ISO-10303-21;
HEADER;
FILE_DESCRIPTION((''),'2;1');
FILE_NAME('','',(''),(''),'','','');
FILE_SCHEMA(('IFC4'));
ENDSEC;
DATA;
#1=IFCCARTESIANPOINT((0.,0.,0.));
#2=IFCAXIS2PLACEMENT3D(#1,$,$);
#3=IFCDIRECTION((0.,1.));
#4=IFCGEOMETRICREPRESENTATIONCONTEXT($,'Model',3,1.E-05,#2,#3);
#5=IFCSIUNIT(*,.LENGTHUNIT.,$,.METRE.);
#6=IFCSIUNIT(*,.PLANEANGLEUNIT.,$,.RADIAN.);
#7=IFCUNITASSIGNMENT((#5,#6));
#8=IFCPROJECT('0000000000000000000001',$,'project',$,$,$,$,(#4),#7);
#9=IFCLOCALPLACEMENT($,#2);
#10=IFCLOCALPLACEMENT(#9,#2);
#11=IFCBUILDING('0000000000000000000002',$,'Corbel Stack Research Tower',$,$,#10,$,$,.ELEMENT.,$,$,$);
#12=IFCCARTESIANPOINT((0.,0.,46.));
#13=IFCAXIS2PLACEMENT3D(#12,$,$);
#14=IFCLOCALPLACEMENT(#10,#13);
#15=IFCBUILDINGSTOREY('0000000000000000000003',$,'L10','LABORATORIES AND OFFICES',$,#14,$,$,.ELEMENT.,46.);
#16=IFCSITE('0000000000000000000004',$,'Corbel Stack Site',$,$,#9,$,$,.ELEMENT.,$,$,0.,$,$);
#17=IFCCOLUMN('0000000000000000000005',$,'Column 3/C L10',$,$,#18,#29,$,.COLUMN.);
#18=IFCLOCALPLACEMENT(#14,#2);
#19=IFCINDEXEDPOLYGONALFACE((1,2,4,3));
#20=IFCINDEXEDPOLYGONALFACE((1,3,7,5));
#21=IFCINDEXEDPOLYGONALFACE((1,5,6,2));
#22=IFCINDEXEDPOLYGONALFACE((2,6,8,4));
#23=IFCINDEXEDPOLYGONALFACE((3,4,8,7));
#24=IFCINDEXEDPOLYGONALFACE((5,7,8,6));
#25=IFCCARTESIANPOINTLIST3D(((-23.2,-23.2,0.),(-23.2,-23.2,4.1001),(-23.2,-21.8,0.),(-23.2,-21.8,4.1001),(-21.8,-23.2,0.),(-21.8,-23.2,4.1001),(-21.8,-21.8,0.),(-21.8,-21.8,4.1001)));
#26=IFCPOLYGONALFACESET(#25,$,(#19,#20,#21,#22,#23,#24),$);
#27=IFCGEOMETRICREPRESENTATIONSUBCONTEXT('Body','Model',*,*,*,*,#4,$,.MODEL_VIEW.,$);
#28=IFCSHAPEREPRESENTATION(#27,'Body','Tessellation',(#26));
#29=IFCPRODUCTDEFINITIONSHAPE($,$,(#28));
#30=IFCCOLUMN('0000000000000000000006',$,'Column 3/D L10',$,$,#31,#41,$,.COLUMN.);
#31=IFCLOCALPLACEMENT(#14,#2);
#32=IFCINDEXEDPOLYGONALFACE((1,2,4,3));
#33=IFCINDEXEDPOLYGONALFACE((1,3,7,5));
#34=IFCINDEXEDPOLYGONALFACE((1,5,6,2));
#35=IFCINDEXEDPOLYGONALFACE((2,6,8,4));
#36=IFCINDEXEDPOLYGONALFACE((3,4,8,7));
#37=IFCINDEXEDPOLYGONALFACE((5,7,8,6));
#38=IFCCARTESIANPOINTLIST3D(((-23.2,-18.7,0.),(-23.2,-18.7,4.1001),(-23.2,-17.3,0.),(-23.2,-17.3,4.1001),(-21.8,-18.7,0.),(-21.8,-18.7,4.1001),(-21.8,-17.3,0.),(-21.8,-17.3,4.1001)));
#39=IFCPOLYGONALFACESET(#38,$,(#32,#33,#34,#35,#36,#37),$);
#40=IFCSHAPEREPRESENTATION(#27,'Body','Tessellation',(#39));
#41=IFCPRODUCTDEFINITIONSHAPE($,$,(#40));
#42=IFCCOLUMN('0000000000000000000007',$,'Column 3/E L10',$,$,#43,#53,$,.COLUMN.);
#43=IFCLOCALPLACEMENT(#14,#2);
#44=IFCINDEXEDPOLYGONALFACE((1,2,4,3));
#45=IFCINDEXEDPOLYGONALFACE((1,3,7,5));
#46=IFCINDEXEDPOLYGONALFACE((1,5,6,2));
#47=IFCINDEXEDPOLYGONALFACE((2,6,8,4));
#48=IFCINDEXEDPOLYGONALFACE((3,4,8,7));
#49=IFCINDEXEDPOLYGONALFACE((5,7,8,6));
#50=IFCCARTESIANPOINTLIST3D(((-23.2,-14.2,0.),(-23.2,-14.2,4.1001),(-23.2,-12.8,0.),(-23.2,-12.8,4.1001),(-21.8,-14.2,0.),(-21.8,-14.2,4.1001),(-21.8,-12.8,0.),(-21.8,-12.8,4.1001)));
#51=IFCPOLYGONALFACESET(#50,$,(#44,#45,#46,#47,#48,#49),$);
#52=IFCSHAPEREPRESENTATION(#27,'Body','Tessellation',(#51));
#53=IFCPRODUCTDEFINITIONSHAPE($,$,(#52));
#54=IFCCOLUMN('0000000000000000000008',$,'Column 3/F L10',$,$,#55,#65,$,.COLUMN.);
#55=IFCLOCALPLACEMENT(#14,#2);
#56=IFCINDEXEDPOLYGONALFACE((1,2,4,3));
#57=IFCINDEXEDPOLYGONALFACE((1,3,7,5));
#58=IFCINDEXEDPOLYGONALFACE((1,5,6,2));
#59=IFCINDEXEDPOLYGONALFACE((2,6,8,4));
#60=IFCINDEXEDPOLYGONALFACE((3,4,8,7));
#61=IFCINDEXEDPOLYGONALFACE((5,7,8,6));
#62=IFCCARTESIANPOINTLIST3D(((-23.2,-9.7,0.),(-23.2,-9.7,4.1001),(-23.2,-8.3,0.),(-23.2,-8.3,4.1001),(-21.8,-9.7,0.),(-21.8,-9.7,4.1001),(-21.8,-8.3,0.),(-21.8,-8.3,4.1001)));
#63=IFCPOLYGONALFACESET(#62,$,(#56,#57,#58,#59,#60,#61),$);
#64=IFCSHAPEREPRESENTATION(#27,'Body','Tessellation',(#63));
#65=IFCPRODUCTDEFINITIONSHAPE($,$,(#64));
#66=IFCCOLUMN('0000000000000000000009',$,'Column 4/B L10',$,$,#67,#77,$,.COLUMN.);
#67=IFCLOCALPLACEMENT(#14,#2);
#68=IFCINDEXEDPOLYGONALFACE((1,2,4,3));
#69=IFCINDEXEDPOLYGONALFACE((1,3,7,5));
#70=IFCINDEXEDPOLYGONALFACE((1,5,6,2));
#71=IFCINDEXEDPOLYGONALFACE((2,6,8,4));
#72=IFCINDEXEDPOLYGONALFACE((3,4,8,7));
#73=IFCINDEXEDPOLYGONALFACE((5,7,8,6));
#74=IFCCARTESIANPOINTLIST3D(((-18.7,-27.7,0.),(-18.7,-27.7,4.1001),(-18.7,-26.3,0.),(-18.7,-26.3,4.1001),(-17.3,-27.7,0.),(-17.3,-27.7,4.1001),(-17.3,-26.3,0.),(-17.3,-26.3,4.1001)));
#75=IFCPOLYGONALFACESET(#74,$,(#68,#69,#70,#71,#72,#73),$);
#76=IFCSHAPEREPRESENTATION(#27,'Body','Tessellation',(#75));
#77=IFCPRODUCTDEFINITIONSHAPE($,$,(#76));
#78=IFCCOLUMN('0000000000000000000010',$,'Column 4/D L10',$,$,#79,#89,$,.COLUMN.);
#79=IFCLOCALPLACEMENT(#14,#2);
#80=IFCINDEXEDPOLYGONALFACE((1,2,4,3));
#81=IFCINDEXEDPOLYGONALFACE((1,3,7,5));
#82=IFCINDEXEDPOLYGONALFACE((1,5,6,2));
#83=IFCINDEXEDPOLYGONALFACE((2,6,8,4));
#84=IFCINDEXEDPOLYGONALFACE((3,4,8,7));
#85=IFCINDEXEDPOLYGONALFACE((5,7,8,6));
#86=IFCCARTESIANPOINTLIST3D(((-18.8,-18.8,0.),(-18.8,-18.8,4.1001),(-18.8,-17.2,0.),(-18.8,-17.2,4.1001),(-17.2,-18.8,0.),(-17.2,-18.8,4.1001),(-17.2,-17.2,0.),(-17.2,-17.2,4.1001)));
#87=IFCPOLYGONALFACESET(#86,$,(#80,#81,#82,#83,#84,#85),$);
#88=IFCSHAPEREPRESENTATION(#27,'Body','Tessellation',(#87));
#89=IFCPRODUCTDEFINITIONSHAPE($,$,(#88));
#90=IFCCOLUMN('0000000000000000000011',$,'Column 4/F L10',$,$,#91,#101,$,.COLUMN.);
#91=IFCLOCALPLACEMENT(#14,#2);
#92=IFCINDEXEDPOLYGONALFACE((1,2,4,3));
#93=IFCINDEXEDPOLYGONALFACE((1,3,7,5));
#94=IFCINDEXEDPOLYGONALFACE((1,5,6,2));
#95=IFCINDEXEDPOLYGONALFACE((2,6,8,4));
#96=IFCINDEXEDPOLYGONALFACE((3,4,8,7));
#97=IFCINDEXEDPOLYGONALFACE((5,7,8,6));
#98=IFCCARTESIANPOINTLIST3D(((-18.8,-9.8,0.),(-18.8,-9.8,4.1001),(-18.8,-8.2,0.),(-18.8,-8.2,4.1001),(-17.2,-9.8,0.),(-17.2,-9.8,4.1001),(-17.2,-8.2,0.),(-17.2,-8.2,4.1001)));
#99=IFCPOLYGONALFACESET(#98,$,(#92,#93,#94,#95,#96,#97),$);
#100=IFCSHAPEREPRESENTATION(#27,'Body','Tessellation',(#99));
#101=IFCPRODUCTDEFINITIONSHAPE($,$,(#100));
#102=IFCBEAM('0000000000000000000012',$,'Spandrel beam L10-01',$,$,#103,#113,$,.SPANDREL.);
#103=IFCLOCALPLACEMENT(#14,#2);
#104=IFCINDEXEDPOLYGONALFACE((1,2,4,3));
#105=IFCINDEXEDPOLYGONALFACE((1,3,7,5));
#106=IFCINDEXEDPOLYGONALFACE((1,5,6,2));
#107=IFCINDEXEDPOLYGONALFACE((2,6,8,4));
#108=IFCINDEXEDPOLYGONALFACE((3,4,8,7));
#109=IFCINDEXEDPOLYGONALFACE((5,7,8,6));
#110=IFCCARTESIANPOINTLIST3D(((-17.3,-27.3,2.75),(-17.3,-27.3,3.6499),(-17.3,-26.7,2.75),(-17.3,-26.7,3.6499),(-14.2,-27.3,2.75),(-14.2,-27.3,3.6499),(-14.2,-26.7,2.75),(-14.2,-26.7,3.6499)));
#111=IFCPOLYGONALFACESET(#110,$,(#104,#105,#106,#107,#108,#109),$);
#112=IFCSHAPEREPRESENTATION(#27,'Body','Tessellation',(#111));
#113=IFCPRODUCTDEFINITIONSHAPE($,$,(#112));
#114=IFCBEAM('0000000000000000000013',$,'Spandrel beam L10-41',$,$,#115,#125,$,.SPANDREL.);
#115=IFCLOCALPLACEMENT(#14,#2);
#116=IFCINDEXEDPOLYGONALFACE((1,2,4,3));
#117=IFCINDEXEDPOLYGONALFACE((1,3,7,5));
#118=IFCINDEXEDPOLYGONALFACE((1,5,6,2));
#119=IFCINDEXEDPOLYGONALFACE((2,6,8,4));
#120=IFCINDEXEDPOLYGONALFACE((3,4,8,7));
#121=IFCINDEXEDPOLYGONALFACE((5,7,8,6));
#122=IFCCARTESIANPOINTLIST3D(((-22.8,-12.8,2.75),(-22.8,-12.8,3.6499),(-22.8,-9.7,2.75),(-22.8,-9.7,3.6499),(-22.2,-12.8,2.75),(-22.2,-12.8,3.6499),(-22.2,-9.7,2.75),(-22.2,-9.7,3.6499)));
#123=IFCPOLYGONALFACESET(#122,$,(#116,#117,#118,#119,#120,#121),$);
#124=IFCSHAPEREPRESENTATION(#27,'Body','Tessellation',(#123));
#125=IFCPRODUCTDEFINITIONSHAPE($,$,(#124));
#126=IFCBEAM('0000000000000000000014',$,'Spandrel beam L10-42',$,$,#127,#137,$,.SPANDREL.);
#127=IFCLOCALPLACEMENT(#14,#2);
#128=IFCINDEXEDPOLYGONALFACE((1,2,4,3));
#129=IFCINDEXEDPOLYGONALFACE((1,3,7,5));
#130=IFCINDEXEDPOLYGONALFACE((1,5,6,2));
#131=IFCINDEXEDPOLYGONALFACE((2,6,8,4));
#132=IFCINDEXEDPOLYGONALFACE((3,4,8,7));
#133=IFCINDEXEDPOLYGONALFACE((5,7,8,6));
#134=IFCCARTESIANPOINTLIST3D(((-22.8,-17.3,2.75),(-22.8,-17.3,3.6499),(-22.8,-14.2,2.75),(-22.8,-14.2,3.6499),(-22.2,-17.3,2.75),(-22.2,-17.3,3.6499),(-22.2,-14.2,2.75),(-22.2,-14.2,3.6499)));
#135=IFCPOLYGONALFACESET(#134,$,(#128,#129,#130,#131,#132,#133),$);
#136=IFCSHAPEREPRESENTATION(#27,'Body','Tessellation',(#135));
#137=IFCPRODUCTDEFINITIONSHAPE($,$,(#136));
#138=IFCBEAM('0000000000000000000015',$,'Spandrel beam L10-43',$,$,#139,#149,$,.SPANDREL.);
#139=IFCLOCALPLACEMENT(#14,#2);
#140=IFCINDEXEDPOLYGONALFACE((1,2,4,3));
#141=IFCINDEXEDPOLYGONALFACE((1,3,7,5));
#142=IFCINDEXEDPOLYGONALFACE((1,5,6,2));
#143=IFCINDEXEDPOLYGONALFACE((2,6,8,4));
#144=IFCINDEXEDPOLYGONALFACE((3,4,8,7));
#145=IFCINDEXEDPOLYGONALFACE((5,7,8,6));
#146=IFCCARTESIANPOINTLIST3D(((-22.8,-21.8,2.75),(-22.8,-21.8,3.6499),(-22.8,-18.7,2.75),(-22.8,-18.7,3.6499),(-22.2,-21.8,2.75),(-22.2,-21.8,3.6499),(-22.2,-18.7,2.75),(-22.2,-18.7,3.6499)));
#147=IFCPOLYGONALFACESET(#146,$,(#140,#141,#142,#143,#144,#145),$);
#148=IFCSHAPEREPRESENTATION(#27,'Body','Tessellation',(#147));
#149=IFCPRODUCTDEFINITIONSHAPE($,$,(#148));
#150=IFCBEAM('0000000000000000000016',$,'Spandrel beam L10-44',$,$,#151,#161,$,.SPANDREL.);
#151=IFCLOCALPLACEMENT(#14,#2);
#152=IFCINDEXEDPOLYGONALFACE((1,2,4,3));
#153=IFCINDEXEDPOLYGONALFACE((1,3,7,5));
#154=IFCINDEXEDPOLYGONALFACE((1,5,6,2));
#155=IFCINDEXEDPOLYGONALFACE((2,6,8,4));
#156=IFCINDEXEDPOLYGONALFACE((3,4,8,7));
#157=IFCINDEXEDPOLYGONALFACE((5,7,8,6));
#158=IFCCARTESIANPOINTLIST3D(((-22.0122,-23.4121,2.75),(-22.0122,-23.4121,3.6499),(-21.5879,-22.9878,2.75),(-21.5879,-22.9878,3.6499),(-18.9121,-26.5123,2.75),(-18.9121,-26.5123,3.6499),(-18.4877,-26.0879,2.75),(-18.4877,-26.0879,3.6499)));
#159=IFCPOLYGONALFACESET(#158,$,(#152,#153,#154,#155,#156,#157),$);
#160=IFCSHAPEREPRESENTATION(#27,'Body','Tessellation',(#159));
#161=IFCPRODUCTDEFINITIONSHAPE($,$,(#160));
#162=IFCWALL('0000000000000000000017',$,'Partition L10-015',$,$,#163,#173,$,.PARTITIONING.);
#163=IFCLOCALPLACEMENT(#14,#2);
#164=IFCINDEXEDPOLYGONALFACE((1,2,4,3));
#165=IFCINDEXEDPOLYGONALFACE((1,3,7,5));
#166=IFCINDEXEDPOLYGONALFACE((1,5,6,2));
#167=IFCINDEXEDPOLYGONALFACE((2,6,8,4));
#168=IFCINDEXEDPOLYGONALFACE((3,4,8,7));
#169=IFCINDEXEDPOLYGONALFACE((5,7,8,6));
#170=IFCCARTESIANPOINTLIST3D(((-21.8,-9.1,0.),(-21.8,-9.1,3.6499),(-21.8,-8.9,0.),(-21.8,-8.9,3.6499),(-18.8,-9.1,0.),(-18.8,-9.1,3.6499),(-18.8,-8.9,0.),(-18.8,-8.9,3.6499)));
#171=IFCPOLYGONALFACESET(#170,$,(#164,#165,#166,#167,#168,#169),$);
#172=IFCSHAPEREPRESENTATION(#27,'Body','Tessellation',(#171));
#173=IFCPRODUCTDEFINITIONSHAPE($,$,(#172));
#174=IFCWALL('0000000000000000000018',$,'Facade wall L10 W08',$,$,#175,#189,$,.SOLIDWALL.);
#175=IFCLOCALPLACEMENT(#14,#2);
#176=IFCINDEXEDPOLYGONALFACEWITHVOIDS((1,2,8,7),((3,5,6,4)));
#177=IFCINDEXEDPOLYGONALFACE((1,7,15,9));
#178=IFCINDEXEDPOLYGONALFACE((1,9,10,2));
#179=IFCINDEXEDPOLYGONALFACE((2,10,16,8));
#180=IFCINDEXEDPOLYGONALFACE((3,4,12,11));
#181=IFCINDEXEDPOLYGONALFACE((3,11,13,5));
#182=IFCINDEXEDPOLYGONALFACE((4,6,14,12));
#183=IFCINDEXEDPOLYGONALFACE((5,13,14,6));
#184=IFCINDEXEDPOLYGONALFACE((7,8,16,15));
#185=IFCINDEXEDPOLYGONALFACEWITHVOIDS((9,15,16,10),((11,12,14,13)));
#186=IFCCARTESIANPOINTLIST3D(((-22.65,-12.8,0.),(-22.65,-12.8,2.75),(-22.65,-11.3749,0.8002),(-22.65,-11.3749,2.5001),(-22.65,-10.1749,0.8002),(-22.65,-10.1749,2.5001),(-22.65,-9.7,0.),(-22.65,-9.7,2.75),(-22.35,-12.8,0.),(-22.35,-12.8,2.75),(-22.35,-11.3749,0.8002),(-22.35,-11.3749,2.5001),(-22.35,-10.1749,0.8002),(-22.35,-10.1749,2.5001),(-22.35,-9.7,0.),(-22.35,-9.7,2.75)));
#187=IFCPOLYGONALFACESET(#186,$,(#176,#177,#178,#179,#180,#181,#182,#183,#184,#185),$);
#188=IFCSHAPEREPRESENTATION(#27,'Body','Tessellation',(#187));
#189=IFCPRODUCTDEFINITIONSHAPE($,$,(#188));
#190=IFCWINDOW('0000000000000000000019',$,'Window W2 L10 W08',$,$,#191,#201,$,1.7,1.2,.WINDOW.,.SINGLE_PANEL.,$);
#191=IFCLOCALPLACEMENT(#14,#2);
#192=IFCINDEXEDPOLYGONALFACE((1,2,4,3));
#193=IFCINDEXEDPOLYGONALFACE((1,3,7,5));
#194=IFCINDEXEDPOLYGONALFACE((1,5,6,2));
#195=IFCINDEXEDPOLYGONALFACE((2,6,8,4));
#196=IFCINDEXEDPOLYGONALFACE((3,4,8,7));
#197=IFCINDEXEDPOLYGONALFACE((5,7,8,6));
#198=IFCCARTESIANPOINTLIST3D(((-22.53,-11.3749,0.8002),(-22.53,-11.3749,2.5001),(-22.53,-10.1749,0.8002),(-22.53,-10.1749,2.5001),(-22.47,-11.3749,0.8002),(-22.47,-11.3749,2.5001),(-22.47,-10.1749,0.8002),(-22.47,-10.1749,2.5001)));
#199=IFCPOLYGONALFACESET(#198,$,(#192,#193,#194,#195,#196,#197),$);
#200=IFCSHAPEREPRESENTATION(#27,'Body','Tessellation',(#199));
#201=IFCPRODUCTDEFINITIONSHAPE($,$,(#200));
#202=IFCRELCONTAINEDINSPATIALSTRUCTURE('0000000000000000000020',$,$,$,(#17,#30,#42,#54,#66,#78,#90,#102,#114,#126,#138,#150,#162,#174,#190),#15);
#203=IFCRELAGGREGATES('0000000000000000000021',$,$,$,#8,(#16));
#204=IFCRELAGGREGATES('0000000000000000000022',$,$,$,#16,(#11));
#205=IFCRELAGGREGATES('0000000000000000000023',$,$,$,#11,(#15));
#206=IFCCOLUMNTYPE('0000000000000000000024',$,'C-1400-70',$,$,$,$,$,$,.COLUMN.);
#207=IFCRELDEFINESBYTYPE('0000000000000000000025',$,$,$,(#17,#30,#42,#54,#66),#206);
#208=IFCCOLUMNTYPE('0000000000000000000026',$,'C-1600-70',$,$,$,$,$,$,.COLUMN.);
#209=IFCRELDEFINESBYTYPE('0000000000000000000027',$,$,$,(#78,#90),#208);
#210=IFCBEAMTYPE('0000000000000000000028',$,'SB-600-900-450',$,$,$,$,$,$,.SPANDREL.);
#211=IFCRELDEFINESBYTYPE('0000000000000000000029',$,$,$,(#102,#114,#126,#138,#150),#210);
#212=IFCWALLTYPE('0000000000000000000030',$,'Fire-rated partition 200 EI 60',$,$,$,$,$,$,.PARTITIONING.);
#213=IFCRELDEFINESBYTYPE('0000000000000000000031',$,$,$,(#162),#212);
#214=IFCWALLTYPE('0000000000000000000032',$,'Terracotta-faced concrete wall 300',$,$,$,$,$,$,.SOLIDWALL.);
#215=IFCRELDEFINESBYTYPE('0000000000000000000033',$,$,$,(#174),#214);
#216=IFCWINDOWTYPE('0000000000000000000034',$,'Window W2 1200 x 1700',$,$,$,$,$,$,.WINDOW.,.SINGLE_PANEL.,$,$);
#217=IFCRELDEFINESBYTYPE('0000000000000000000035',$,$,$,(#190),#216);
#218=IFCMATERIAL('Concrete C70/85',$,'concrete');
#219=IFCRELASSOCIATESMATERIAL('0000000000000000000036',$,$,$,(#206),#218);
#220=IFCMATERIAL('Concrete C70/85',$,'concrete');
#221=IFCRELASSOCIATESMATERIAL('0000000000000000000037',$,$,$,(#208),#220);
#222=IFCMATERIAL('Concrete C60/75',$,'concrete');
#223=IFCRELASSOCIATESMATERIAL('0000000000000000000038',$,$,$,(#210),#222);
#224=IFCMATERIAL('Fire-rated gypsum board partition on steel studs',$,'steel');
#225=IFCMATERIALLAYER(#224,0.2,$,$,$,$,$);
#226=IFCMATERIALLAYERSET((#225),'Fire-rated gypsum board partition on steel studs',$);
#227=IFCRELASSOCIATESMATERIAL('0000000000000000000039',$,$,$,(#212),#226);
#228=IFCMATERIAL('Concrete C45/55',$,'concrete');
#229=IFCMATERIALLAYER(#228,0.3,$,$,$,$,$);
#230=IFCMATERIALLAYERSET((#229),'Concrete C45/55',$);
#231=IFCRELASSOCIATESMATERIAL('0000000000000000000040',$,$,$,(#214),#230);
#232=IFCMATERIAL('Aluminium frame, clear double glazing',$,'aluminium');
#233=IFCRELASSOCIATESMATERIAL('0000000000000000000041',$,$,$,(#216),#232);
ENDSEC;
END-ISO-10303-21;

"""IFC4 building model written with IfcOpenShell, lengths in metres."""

from ifc_helpers import new_model, si_unit, direction, frame, frame_2d, origin, origin_2d, place, context, subcontext, project, spatial, rectangle, extrude, material, layer, layer_set, material_profile, profile_set, type_object, element, fill, save


model = new_model("IFC4")

# Units and contexts
model_context = context("Model", 3, precision=1e-05, world=origin(), true_north=direction((0.0, 1.0)))
body_context = subcontext(model_context, "Body", "Model", "MODEL_VIEW")
ifc_project = project(units=[si_unit("LENGTHUNIT", "METRE"), si_unit("PLANEANGLEUNIT", "RADIAN")], contexts=[model_context])

# Site, building, storey
site_placement = place(None, origin())
site = spatial("IfcSite", under=ifc_project, at=site_placement, Name="Corbel Stack Site", CompositionType="ELEMENT", RefElevation=0.0)
building_placement = place(site_placement, origin())
building = spatial("IfcBuilding", under=site, at=building_placement, Name="Corbel Stack Research Tower", CompositionType="ELEMENT")
storey_placement = place(building_placement, frame((0.0, 0.0, 46.0)))
storey = spatial("IfcBuildingStorey", under=building, at=storey_placement, Name="L10", Description="LABORATORIES AND OFFICES", CompositionType="ELEMENT", Elevation=46.0)

# Columns
ifc_material_1 = material(Name="Concrete C70/85", Category="concrete")
ifc_material_profile_1 = material_profile(ifc_material_1, rectangle(XDim=1.3999, YDim=1.3999, at=origin_2d()), Name="RC 1400 x 1400")
ifc_profile_set_1 = profile_set([ifc_material_profile_1], Name="Concrete C70/85")
column_type_1 = type_object("IfcColumnType", Name="C-1400-70", PredefinedType="COLUMN", material=ifc_profile_set_1)
for number, where, z_axis, x_axis, name in (
    (1, (-22.5, -22.5, 0.0), (0.0, 0.0, 1.0), (1.0, 0.0, 0.0), "Column 3/C L10"),
    (2, (-22.5, -18.0, 0.0), (0.0, 0.0, 1.0), (1.0, 0.0, 0.0), "Column 3/D L10"),
    (3, (-22.5, -13.5, 0.0), (0.0, 0.0, 1.0), (1.0, 0.0, 0.0), "Column 3/E L10"),
    (4, (-22.5, -9.0, 0.0), (0.0, 0.0, 1.0), (1.0, 0.0, 0.0), "Column 3/F L10"),
    (5, (-18.0, -27.0, 0.0), (0.0, 0.0, 1.0), (1.0, 0.0, 0.0), "Column 4/B L10"),
):
    element("IfcColumn", number, at=place(storey_placement, frame(where, z_axis=z_axis, x_axis=x_axis)), inside=storey, type_object=column_type_1, Name=name, PredefinedType="COLUMN", context=body_context, shape_type="SweptSolid", body=[
        extrude(rectangle(XDim=1.3999, YDim=1.3999, at=origin_2d()), origin(), (0.0, 0.0, 1.0), 4.1001),
    ])
ifc_material_2 = material(Name="Concrete C70/85", Category="concrete")
ifc_material_profile_2 = material_profile(ifc_material_2, rectangle(XDim=1.6001, YDim=1.6001, at=origin_2d()), Name="RC 1600 x 1600")
ifc_profile_set_2 = profile_set([ifc_material_profile_2], Name="Concrete C70/85")
column_type_2 = type_object("IfcColumnType", Name="C-1600-70", PredefinedType="COLUMN", material=ifc_profile_set_2)
for number, where, z_axis, x_axis, name in (
    (6, (-18.0, -18.0, 0.0), (0.0, 0.0, 1.0), (1.0, 0.0, 0.0), "Column 4/D L10"),
    (7, (-18.0, -9.0, 0.0), (0.0, 0.0, 1.0), (1.0, 0.0, 0.0), "Column 4/F L10"),
):
    element("IfcColumn", number, at=place(storey_placement, frame(where, z_axis=z_axis, x_axis=x_axis)), inside=storey, type_object=column_type_2, Name=name, PredefinedType="COLUMN", context=body_context, shape_type="SweptSolid", body=[
        extrude(rectangle(XDim=1.6001, YDim=1.6001, at=origin_2d()), origin(), (0.0, 0.0, 1.0), 4.1001),
    ])

# Beams
ifc_material_3 = material(Name="Concrete C60/75", Category="concrete")
ifc_material_profile_3 = material_profile(ifc_material_3, rectangle(XDim=0.6001, YDim=0.8999, at=origin_2d()), Name="RC 600 x 900")
ifc_profile_set_3 = profile_set([ifc_material_profile_3], Name="Concrete C60/75")
beam_type = type_object("IfcBeamType", Name="SB-600-900-450", PredefinedType="SPANDREL", material=ifc_profile_set_3)
for number, where, z_axis, x_axis, name in (
    (8, (-17.3, -27.0, 3.2), (1.0, 0.0, 0.0), (0.0, 1.0, 0.0), "Spandrel beam L10-01"),
    (9, (-22.5, -9.7, 3.2), (0.0, -1.0, 0.0), (1.0, 0.0, 0.0), "Spandrel beam L10-41"),
    (10, (-22.5, -14.2, 3.2), (0.0, -1.0, 0.0), (1.0, 0.0, 0.0), "Spandrel beam L10-42"),
    (11, (-22.5, -18.7, 3.2), (0.0, -1.0, 0.0), (1.0, 0.0, 0.0), "Spandrel beam L10-43"),
):
    element("IfcBeam", number, at=place(storey_placement, frame(where, z_axis=z_axis, x_axis=x_axis)), inside=storey, type_object=beam_type, Name=name, PredefinedType="SPANDREL", context=body_context, shape_type="SweptSolid", body=[
        extrude(rectangle(XDim=0.6001, YDim=0.8999, at=origin_2d()), origin(), (0.0, 0.0, 1.0), 3.1001),
    ])
beam_placement = place(storey_placement, frame((-21.8, -23.2, 3.2), z_axis=(0.707107, -0.707107, 0.0), x_axis=(0.707107, 0.707107, 0.0)))
element("IfcBeam", 12, at=beam_placement, inside=storey, type_object=beam_type, Name="Spandrel beam L10-44", PredefinedType="SPANDREL", context=body_context, shape_type="SweptSolid", body=[
    extrude(rectangle(XDim=0.6001, YDim=0.8999, at=origin_2d()), origin(), (0.0, 0.0, 1.0), 4.3843),
])

# Wall
ifc_material_4 = material(Name="Fire-rated gypsum board partition on steel studs", Category="steel")
ifc_layer_1 = layer(ifc_material_4, 0.2)
ifc_layer_set_1 = layer_set([ifc_layer_1], Name="Fire-rated gypsum board partition on steel studs")
wall_type_1 = type_object("IfcWallType", Name="Fire-rated partition 200 EI 60", PredefinedType="PARTITIONING", material=ifc_layer_set_1)
wall_1_placement = place(storey_placement, frame((-21.8, -9.0, 0.0), z_axis=(0.0, 0.0, 1.0), x_axis=(1.0, 0.0, 0.0)))
element("IfcWall", 13, at=wall_1_placement, inside=storey, type_object=wall_type_1, Name="Partition L10-015", PredefinedType="PARTITIONING", context=body_context, shape_type="SweptSolid", body=[
    extrude(rectangle(XDim=3.0, YDim=0.2, at=frame_2d((1.5, 0.0))), origin(), (0.0, 0.0, 1.0), 3.6499),
])

# Wall, opening, window
ifc_material_5 = material(Name="Concrete C45/55", Category="concrete")
ifc_layer_2 = layer(ifc_material_5, 0.3)
ifc_layer_set_2 = layer_set([ifc_layer_2], Name="Concrete C45/55")
wall_type_2 = type_object("IfcWallType", Name="Terracotta-faced concrete wall 300", PredefinedType="SOLIDWALL", material=ifc_layer_set_2)
wall_2_placement = place(storey_placement, frame((-22.5, -12.8, 0.0), z_axis=(0.0, 0.0, 1.0), x_axis=(0.0, 1.0, 0.0)))
wall_2 = element("IfcWall", 14, at=wall_2_placement, inside=storey, type_object=wall_type_2, Name="Facade wall L10 W08", PredefinedType="SOLIDWALL", context=body_context, shape_type="SweptSolid", body=[
    extrude(rectangle(XDim=3.1001, YDim=0.3, at=frame_2d((1.55, 0.0))), origin(), (0.0, 0.0, 1.0), 2.75),
])
opening_1_placement = place(wall_2_placement, frame((1.425, 0.0, 0.8)))
opening_1 = element("IfcOpeningElement", 15, at=opening_1_placement, cuts=wall_2, PredefinedType="OPENING", context=body_context, shape_type="SweptSolid", body=[
    extrude(rectangle(XDim=1.2, YDim=1.7, at=frame_2d((0.6001, 0.8501))), frame((0.0, 0.1599, 0.0), z_axis=(0.0, -1.0, 0.0), x_axis=(1.0, 0.0, 0.0)), (0.0, 0.0, 1.0), 0.3201),
])
ifc_material_6 = material(Name="Aluminium frame, clear double glazing", Category="aluminium")
window_type = type_object("IfcWindowType", Name="Window W2 1200 x 1700", PartitioningType="SINGLE_PANEL", PredefinedType="WINDOW", material=ifc_material_6)
window_1_placement = place(opening_1_placement, origin())
window_1 = element("IfcWindow", 16, at=window_1_placement, inside=storey, type_object=window_type, Name="Window W2 L10 W08", OverallHeight=1.7, OverallWidth=1.2, PartitioningType="SINGLE_PANEL", PredefinedType="WINDOW", context=body_context, shape_type="SweptSolid", body=[
    extrude(rectangle(XDim=1.2, YDim=1.7, at=frame_2d((0.6001, 0.8501))), frame((0.0, 0.03, 0.0), z_axis=(0.0, -1.0, 0.0), x_axis=(1.0, 0.0, 0.0)), (0.0, 0.0, 1.0), 0.0601),
])
fill(opening_1, window_1)

save(model, "model.ifc")
